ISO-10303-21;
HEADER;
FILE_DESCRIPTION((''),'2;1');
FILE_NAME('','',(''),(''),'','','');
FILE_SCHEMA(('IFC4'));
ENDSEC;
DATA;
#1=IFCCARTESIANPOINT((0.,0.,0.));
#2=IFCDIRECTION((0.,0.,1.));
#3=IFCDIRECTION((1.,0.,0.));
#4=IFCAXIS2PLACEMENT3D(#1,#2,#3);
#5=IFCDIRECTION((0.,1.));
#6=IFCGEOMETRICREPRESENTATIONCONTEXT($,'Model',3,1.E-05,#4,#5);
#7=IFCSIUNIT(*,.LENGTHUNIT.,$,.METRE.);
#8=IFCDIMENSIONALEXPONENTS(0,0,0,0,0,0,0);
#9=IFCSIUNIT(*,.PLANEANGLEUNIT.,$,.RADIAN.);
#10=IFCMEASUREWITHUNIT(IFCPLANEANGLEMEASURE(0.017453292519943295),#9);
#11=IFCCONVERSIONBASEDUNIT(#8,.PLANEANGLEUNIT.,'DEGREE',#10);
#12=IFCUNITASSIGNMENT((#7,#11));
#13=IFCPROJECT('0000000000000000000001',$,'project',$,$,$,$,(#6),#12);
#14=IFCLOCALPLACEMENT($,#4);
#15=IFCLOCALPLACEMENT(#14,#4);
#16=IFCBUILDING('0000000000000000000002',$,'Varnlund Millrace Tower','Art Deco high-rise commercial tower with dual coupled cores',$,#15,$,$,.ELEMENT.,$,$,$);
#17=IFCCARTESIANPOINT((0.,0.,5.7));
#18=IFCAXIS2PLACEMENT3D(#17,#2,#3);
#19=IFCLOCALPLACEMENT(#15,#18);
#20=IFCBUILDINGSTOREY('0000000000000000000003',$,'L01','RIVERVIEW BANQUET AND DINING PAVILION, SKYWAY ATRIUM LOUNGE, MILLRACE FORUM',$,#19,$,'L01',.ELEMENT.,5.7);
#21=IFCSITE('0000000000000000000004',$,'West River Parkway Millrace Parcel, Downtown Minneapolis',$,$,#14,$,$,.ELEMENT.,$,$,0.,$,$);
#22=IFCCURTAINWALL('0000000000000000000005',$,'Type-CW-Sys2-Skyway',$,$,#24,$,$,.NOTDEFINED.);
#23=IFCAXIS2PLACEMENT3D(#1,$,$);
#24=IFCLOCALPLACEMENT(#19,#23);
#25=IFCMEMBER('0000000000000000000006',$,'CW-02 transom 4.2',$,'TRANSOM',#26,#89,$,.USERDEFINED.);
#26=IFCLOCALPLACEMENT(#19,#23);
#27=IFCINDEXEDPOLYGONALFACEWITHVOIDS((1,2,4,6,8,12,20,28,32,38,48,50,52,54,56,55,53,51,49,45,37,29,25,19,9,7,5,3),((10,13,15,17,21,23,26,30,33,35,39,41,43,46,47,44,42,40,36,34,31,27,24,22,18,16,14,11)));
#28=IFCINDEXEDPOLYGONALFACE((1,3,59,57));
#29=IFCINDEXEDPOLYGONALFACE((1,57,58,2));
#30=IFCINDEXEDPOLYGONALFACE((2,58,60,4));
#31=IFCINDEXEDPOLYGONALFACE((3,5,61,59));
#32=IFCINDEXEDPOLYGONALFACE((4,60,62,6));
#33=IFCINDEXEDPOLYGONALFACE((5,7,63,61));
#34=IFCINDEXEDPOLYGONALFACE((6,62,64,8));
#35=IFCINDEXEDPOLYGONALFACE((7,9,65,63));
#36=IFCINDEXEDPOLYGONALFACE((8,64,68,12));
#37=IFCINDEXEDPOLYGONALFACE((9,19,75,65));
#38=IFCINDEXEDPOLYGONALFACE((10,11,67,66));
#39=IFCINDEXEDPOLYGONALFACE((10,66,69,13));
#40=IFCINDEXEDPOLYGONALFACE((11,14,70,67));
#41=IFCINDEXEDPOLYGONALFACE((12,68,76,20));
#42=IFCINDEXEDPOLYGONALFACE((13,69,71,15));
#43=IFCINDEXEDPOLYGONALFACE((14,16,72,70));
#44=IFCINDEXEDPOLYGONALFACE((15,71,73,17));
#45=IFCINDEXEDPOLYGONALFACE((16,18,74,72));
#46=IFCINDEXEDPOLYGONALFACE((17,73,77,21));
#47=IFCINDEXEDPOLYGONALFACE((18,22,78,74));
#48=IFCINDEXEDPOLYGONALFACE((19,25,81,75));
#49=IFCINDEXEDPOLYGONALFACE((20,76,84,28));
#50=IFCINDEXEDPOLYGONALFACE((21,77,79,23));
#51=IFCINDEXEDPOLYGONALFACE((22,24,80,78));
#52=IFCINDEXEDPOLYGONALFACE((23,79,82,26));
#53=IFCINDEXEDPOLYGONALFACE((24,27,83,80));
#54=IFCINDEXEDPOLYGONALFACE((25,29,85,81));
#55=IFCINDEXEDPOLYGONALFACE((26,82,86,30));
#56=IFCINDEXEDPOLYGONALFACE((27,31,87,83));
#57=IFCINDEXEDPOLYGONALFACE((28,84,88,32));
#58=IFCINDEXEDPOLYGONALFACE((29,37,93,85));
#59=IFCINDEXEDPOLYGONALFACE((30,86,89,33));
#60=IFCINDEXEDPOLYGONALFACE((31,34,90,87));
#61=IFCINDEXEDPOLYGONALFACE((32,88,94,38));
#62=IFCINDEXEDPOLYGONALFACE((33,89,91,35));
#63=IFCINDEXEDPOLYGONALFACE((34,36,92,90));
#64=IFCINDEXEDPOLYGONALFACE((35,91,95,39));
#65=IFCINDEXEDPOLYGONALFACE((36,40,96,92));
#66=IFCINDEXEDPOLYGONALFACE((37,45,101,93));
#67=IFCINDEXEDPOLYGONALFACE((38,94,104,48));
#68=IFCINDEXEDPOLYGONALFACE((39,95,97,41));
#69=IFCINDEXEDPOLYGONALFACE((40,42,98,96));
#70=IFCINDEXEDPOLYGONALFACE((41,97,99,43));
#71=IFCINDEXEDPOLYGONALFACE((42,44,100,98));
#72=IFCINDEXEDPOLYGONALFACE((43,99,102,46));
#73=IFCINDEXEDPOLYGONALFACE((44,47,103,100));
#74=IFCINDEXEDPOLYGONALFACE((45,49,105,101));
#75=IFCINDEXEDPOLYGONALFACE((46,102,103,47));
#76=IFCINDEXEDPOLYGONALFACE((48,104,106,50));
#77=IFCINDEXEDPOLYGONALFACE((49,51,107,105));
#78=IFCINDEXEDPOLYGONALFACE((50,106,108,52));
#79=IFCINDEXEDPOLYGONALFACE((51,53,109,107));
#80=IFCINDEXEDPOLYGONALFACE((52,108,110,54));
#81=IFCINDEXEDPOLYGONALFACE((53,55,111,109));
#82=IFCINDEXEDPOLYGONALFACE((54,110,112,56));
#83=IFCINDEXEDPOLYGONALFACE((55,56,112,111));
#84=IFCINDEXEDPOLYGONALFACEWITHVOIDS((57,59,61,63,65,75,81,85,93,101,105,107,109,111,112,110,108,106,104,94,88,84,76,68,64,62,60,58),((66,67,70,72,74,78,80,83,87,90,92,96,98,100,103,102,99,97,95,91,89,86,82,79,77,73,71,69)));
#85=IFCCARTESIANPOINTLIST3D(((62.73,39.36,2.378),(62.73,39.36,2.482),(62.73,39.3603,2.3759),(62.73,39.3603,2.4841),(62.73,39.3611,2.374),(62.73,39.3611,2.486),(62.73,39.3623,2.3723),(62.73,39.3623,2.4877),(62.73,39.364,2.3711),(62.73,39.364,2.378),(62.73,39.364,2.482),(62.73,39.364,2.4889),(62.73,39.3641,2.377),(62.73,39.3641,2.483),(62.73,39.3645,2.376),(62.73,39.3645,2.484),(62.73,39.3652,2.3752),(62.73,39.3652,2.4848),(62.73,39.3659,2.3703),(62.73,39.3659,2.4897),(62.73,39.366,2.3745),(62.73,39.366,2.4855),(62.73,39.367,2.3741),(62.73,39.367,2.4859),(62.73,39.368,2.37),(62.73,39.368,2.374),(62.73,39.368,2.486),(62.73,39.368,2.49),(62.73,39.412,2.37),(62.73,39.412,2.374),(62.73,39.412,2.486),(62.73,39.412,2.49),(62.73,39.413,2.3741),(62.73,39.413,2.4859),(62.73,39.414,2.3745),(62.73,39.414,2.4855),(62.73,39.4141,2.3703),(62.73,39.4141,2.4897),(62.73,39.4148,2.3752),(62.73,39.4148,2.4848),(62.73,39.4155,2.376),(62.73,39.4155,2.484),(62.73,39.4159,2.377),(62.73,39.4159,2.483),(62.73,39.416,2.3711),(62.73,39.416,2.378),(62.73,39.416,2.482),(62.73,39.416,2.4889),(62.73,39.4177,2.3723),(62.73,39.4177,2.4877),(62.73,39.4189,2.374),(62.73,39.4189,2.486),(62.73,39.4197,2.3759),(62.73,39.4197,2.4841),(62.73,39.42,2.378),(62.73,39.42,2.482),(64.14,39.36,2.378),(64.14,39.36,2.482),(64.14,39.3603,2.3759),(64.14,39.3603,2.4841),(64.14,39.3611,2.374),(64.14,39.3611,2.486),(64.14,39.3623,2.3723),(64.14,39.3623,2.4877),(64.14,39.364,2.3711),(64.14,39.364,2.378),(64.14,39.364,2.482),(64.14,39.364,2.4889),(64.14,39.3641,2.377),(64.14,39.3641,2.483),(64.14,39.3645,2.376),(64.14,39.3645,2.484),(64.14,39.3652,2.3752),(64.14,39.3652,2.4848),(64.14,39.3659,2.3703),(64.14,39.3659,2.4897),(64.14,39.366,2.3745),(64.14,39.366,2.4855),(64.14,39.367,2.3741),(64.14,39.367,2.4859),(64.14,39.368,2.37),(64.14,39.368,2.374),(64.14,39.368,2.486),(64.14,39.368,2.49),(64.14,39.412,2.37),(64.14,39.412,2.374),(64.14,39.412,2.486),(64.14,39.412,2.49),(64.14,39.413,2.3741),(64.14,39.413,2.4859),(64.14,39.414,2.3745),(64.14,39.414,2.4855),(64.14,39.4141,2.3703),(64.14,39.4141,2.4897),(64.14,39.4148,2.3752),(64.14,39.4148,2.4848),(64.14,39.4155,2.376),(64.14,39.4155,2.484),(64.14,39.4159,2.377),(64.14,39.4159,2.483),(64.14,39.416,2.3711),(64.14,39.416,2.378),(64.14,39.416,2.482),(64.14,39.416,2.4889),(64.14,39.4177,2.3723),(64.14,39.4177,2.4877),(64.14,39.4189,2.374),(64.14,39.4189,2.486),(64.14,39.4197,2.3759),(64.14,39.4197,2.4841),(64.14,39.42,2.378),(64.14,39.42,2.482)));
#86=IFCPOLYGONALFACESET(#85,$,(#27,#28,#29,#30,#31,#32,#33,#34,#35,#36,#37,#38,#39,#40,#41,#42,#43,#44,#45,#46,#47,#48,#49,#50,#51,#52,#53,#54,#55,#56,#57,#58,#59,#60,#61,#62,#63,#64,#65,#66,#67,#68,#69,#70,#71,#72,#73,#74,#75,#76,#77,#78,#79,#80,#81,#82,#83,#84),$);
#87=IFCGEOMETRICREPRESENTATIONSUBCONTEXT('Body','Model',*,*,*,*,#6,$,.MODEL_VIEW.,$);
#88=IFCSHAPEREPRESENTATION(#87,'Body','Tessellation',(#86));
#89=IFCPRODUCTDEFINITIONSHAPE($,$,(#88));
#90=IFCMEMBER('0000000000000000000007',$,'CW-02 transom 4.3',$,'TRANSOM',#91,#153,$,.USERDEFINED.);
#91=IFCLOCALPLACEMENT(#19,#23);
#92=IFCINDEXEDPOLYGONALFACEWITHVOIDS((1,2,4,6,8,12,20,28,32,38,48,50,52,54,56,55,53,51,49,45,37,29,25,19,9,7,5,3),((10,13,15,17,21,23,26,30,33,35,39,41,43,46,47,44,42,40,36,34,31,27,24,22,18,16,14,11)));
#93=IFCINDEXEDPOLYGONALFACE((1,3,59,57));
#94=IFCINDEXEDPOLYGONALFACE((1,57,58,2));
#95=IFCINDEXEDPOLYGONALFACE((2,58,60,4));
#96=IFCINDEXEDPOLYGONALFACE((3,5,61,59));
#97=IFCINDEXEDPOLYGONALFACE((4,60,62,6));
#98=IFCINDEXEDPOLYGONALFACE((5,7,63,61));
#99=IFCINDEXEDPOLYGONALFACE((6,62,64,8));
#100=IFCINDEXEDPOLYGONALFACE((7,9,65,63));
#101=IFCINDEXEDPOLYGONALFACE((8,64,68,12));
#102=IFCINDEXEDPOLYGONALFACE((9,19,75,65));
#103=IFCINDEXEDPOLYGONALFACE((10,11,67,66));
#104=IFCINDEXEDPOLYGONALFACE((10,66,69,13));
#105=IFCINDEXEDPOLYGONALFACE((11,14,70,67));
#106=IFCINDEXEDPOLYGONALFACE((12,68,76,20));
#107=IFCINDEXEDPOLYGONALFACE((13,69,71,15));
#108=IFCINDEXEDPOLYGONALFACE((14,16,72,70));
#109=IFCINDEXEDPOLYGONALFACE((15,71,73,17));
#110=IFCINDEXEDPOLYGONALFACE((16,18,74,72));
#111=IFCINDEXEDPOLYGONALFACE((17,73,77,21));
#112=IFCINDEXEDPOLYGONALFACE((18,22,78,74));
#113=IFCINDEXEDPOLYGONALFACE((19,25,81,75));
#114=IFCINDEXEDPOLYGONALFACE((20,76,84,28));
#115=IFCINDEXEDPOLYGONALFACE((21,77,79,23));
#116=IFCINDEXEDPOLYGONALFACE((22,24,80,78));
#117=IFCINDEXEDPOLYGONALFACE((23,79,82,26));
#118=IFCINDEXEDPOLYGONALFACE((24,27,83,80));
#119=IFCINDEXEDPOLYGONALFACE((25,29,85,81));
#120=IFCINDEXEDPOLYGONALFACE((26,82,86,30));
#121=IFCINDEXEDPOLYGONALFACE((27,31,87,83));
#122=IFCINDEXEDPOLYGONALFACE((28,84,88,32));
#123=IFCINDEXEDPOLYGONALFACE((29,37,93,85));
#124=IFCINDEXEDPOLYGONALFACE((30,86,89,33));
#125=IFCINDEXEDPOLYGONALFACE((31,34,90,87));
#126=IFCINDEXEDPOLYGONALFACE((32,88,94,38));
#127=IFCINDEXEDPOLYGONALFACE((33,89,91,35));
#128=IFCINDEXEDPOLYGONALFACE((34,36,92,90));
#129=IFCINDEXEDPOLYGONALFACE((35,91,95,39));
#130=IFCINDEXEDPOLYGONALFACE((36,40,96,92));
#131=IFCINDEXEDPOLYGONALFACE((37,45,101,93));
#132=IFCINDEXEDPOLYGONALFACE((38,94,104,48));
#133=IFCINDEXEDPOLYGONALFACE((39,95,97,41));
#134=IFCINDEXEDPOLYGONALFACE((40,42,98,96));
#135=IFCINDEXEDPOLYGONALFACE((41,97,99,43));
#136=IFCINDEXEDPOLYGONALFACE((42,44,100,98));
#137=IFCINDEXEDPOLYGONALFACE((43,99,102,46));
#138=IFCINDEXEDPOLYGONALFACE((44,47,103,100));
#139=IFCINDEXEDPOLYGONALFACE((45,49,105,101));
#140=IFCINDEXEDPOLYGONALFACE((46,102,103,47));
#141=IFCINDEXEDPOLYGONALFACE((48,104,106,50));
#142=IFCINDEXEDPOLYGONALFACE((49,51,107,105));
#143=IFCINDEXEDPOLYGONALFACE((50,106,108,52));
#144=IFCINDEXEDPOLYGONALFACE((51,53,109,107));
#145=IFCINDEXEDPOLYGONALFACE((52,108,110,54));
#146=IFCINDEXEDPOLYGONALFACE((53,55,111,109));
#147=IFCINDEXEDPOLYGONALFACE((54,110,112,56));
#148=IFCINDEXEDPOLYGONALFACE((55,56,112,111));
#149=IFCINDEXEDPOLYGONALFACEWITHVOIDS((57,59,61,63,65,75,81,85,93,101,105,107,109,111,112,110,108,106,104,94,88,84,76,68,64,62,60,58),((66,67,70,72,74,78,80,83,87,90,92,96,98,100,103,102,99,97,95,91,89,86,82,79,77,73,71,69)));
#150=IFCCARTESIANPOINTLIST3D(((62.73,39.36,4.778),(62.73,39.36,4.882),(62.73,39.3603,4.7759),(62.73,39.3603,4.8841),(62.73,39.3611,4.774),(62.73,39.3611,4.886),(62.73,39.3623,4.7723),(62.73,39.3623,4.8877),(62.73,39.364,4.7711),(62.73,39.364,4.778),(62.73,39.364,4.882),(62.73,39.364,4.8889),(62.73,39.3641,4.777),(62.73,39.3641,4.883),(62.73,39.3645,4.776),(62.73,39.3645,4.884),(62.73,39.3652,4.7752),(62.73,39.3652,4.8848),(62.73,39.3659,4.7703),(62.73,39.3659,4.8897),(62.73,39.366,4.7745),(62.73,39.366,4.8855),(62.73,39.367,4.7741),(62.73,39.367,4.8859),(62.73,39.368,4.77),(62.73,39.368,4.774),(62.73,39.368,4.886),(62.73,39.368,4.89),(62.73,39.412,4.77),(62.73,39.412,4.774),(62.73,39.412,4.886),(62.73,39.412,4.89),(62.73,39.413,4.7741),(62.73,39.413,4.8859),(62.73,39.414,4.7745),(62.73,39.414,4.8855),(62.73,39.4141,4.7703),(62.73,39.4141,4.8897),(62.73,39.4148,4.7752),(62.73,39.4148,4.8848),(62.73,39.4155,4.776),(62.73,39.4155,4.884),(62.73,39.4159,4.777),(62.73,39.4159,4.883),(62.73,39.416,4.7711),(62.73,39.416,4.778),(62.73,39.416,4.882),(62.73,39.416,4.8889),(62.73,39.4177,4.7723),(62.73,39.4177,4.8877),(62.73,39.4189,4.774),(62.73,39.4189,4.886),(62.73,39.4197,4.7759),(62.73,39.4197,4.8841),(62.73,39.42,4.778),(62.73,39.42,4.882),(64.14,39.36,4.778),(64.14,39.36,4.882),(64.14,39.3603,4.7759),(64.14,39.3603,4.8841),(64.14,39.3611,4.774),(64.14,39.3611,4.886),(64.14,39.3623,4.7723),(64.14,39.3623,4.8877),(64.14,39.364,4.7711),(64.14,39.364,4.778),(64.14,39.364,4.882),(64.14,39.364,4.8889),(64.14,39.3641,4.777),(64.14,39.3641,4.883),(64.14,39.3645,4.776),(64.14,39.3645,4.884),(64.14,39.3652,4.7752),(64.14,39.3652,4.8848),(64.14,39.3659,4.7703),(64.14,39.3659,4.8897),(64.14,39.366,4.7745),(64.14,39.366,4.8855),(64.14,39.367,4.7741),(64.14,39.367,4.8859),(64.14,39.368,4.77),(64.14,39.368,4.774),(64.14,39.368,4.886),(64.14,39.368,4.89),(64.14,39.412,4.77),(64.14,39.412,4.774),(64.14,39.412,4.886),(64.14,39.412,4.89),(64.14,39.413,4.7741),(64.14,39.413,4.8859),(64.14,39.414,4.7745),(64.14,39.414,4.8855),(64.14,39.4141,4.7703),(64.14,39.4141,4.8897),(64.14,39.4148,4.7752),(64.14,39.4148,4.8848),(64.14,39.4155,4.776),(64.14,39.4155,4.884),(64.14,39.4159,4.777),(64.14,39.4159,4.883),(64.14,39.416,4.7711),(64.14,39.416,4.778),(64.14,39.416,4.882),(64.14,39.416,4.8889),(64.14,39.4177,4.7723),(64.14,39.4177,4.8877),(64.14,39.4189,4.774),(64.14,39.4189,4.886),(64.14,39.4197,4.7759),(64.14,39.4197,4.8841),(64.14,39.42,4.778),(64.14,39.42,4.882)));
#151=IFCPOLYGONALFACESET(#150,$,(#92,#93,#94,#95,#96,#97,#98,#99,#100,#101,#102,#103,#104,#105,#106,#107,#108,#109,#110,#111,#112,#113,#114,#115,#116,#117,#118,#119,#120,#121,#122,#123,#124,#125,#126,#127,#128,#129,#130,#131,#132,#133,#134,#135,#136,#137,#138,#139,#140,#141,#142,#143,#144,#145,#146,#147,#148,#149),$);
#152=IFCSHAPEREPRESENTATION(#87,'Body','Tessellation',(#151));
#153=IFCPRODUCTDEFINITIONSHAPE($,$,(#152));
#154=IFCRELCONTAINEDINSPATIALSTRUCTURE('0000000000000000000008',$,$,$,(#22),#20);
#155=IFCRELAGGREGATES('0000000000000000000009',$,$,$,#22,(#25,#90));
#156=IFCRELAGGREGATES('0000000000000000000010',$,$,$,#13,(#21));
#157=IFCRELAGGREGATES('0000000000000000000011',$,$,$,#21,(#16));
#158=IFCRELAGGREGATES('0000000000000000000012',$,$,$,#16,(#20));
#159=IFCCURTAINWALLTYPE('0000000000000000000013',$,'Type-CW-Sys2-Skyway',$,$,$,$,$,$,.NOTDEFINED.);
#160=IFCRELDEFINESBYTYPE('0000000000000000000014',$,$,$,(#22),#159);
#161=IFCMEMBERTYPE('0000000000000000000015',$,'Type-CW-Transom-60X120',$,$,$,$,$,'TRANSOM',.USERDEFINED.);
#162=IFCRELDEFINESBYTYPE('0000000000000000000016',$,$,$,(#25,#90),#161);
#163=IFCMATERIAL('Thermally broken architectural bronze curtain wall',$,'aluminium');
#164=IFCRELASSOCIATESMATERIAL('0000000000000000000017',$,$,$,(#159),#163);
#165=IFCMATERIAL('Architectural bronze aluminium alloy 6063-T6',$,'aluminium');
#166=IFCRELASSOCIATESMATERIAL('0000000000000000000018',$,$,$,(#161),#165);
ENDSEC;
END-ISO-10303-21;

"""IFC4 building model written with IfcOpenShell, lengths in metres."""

from ifc_helpers import new_model, entity, si_unit, converted_unit, direction, frame, origin_with_axes, origin_2d_with_axis, place, context, subcontext, project, spatial, hollow_rectangle, extrude, material, material_profile, profile_set, type_object, element, aggregate, save


model = new_model("IFC4")

# Units and contexts
model_context = context("Model", 3, precision=1e-05, world=origin_with_axes(), true_north=direction((0.0, 1.0)))
body_context = subcontext(model_context, "Body", "Model", "MODEL_VIEW")
ifc_project = project(units=[si_unit("LENGTHUNIT", "METRE"), converted_unit("PLANEANGLEUNIT", "DEGREE", entity("IfcPlaneAngleMeasure", 0.017453292519943295), si_unit("PLANEANGLEUNIT", "RADIAN"), dimensions=[0, 0, 0, 0, 0, 0, 0])], contexts=[model_context])

# Site, building, storey
site_placement = place(None, origin_with_axes())
site = spatial("IfcSite", under=ifc_project, at=site_placement, Name="West River Parkway Millrace Parcel, Downtown Minneapolis", CompositionType="ELEMENT", RefElevation=0.0)
building_placement = place(site_placement, origin_with_axes())
building = spatial("IfcBuilding", under=site, at=building_placement, Name="Varnlund Millrace Tower", Description="Art Deco high-rise commercial tower with dual coupled cores", CompositionType="ELEMENT")
storey_placement = place(building_placement, frame((0.0, 0.0, 5.7), z_axis=(0.0, 0.0, 1.0), x_axis=(1.0, 0.0, 0.0)))
storey = spatial("IfcBuildingStorey", under=building, at=storey_placement, Name="L01", Description="RIVERVIEW BANQUET AND DINING PAVILION, SKYWAY ATRIUM LOUNGE, MILLRACE FORUM", LongName="L01", CompositionType="ELEMENT", Elevation=5.7)

# Curtain wall
ifc_material_1 = material(Name="Thermally broken architectural bronze curtain wall", Category="aluminium")
curtain_wall_type = type_object("IfcCurtainWallType", Name="Type-CW-Sys2-Skyway", PredefinedType="NOTDEFINED", material=ifc_material_1)
curtain_wall_1_placement = place(storey_placement, frame((58.2, 39.39, 0.0), z_axis=(0.0, 0.0, 1.0), x_axis=(1.0, 0.0, 0.0)))
curtain_wall_1 = element("IfcCurtainWall", 1, at=curtain_wall_1_placement, inside=storey, type_object=curtain_wall_type, Name="Type-CW-Sys2-Skyway", PredefinedType="NOTDEFINED")
ifc_material_2 = material(Name="Architectural bronze aluminium alloy 6063-T6", Category="aluminium")

# Members
ifc_material_profile_1 = material_profile(ifc_material_2, hollow_rectangle(XDim=0.06, YDim=0.12, WallThickness=0.004, InnerFilletRadius=0.004, OuterFilletRadius=0.008, at=origin_2d_with_axis()), Name="Architectural bronze aluminium alloy 6063-T6")
ifc_profile_set_1 = profile_set([ifc_material_profile_1], Name="Architectural bronze aluminium alloy 6063-T6")
member_type_1 = type_object("IfcMemberType", Name="Type-CW-Transom-60X120", ElementType="TRANSOM", PredefinedType="USERDEFINED", material=ifc_profile_set_1)
member_1_placement = place(storey_placement, frame((62.73, 39.39, 2.43), z_axis=(1.0, 0.0, 0.0), x_axis=(0.0, 1.0, 0.0)))
member_1 = element("IfcMember", 2, at=member_1_placement, type_object=member_type_1, Name="CW-02 transom 4.2", ObjectType="TRANSOM", PredefinedType="USERDEFINED", context=body_context, shape_type="SweptSolid", body=[
    extrude(hollow_rectangle(XDim=0.06, YDim=0.12, WallThickness=0.004, InnerFilletRadius=0.004, OuterFilletRadius=0.008, at=origin_2d_with_axis()), origin_with_axes(), (0.0, 0.0, 1.0), 1.41),
])
member_2_placement = place(storey_placement, frame((62.73, 39.39, 4.83), z_axis=(1.0, 0.0, 0.0), x_axis=(0.0, 1.0, 0.0)))
member_2 = element("IfcMember", 3, at=member_2_placement, type_object=member_type_1, Name="CW-02 transom 4.3", ObjectType="TRANSOM", PredefinedType="USERDEFINED", context=body_context, shape_type="SweptSolid", body=[
    extrude(hollow_rectangle(XDim=0.06, YDim=0.12, WallThickness=0.004, InnerFilletRadius=0.004, OuterFilletRadius=0.008, at=origin_2d_with_axis()), origin_with_axes(), (0.0, 0.0, 1.0), 1.41),
])

aggregate(curtain_wall_1, [member_1, member_2])

save(model, "model.ifc")
